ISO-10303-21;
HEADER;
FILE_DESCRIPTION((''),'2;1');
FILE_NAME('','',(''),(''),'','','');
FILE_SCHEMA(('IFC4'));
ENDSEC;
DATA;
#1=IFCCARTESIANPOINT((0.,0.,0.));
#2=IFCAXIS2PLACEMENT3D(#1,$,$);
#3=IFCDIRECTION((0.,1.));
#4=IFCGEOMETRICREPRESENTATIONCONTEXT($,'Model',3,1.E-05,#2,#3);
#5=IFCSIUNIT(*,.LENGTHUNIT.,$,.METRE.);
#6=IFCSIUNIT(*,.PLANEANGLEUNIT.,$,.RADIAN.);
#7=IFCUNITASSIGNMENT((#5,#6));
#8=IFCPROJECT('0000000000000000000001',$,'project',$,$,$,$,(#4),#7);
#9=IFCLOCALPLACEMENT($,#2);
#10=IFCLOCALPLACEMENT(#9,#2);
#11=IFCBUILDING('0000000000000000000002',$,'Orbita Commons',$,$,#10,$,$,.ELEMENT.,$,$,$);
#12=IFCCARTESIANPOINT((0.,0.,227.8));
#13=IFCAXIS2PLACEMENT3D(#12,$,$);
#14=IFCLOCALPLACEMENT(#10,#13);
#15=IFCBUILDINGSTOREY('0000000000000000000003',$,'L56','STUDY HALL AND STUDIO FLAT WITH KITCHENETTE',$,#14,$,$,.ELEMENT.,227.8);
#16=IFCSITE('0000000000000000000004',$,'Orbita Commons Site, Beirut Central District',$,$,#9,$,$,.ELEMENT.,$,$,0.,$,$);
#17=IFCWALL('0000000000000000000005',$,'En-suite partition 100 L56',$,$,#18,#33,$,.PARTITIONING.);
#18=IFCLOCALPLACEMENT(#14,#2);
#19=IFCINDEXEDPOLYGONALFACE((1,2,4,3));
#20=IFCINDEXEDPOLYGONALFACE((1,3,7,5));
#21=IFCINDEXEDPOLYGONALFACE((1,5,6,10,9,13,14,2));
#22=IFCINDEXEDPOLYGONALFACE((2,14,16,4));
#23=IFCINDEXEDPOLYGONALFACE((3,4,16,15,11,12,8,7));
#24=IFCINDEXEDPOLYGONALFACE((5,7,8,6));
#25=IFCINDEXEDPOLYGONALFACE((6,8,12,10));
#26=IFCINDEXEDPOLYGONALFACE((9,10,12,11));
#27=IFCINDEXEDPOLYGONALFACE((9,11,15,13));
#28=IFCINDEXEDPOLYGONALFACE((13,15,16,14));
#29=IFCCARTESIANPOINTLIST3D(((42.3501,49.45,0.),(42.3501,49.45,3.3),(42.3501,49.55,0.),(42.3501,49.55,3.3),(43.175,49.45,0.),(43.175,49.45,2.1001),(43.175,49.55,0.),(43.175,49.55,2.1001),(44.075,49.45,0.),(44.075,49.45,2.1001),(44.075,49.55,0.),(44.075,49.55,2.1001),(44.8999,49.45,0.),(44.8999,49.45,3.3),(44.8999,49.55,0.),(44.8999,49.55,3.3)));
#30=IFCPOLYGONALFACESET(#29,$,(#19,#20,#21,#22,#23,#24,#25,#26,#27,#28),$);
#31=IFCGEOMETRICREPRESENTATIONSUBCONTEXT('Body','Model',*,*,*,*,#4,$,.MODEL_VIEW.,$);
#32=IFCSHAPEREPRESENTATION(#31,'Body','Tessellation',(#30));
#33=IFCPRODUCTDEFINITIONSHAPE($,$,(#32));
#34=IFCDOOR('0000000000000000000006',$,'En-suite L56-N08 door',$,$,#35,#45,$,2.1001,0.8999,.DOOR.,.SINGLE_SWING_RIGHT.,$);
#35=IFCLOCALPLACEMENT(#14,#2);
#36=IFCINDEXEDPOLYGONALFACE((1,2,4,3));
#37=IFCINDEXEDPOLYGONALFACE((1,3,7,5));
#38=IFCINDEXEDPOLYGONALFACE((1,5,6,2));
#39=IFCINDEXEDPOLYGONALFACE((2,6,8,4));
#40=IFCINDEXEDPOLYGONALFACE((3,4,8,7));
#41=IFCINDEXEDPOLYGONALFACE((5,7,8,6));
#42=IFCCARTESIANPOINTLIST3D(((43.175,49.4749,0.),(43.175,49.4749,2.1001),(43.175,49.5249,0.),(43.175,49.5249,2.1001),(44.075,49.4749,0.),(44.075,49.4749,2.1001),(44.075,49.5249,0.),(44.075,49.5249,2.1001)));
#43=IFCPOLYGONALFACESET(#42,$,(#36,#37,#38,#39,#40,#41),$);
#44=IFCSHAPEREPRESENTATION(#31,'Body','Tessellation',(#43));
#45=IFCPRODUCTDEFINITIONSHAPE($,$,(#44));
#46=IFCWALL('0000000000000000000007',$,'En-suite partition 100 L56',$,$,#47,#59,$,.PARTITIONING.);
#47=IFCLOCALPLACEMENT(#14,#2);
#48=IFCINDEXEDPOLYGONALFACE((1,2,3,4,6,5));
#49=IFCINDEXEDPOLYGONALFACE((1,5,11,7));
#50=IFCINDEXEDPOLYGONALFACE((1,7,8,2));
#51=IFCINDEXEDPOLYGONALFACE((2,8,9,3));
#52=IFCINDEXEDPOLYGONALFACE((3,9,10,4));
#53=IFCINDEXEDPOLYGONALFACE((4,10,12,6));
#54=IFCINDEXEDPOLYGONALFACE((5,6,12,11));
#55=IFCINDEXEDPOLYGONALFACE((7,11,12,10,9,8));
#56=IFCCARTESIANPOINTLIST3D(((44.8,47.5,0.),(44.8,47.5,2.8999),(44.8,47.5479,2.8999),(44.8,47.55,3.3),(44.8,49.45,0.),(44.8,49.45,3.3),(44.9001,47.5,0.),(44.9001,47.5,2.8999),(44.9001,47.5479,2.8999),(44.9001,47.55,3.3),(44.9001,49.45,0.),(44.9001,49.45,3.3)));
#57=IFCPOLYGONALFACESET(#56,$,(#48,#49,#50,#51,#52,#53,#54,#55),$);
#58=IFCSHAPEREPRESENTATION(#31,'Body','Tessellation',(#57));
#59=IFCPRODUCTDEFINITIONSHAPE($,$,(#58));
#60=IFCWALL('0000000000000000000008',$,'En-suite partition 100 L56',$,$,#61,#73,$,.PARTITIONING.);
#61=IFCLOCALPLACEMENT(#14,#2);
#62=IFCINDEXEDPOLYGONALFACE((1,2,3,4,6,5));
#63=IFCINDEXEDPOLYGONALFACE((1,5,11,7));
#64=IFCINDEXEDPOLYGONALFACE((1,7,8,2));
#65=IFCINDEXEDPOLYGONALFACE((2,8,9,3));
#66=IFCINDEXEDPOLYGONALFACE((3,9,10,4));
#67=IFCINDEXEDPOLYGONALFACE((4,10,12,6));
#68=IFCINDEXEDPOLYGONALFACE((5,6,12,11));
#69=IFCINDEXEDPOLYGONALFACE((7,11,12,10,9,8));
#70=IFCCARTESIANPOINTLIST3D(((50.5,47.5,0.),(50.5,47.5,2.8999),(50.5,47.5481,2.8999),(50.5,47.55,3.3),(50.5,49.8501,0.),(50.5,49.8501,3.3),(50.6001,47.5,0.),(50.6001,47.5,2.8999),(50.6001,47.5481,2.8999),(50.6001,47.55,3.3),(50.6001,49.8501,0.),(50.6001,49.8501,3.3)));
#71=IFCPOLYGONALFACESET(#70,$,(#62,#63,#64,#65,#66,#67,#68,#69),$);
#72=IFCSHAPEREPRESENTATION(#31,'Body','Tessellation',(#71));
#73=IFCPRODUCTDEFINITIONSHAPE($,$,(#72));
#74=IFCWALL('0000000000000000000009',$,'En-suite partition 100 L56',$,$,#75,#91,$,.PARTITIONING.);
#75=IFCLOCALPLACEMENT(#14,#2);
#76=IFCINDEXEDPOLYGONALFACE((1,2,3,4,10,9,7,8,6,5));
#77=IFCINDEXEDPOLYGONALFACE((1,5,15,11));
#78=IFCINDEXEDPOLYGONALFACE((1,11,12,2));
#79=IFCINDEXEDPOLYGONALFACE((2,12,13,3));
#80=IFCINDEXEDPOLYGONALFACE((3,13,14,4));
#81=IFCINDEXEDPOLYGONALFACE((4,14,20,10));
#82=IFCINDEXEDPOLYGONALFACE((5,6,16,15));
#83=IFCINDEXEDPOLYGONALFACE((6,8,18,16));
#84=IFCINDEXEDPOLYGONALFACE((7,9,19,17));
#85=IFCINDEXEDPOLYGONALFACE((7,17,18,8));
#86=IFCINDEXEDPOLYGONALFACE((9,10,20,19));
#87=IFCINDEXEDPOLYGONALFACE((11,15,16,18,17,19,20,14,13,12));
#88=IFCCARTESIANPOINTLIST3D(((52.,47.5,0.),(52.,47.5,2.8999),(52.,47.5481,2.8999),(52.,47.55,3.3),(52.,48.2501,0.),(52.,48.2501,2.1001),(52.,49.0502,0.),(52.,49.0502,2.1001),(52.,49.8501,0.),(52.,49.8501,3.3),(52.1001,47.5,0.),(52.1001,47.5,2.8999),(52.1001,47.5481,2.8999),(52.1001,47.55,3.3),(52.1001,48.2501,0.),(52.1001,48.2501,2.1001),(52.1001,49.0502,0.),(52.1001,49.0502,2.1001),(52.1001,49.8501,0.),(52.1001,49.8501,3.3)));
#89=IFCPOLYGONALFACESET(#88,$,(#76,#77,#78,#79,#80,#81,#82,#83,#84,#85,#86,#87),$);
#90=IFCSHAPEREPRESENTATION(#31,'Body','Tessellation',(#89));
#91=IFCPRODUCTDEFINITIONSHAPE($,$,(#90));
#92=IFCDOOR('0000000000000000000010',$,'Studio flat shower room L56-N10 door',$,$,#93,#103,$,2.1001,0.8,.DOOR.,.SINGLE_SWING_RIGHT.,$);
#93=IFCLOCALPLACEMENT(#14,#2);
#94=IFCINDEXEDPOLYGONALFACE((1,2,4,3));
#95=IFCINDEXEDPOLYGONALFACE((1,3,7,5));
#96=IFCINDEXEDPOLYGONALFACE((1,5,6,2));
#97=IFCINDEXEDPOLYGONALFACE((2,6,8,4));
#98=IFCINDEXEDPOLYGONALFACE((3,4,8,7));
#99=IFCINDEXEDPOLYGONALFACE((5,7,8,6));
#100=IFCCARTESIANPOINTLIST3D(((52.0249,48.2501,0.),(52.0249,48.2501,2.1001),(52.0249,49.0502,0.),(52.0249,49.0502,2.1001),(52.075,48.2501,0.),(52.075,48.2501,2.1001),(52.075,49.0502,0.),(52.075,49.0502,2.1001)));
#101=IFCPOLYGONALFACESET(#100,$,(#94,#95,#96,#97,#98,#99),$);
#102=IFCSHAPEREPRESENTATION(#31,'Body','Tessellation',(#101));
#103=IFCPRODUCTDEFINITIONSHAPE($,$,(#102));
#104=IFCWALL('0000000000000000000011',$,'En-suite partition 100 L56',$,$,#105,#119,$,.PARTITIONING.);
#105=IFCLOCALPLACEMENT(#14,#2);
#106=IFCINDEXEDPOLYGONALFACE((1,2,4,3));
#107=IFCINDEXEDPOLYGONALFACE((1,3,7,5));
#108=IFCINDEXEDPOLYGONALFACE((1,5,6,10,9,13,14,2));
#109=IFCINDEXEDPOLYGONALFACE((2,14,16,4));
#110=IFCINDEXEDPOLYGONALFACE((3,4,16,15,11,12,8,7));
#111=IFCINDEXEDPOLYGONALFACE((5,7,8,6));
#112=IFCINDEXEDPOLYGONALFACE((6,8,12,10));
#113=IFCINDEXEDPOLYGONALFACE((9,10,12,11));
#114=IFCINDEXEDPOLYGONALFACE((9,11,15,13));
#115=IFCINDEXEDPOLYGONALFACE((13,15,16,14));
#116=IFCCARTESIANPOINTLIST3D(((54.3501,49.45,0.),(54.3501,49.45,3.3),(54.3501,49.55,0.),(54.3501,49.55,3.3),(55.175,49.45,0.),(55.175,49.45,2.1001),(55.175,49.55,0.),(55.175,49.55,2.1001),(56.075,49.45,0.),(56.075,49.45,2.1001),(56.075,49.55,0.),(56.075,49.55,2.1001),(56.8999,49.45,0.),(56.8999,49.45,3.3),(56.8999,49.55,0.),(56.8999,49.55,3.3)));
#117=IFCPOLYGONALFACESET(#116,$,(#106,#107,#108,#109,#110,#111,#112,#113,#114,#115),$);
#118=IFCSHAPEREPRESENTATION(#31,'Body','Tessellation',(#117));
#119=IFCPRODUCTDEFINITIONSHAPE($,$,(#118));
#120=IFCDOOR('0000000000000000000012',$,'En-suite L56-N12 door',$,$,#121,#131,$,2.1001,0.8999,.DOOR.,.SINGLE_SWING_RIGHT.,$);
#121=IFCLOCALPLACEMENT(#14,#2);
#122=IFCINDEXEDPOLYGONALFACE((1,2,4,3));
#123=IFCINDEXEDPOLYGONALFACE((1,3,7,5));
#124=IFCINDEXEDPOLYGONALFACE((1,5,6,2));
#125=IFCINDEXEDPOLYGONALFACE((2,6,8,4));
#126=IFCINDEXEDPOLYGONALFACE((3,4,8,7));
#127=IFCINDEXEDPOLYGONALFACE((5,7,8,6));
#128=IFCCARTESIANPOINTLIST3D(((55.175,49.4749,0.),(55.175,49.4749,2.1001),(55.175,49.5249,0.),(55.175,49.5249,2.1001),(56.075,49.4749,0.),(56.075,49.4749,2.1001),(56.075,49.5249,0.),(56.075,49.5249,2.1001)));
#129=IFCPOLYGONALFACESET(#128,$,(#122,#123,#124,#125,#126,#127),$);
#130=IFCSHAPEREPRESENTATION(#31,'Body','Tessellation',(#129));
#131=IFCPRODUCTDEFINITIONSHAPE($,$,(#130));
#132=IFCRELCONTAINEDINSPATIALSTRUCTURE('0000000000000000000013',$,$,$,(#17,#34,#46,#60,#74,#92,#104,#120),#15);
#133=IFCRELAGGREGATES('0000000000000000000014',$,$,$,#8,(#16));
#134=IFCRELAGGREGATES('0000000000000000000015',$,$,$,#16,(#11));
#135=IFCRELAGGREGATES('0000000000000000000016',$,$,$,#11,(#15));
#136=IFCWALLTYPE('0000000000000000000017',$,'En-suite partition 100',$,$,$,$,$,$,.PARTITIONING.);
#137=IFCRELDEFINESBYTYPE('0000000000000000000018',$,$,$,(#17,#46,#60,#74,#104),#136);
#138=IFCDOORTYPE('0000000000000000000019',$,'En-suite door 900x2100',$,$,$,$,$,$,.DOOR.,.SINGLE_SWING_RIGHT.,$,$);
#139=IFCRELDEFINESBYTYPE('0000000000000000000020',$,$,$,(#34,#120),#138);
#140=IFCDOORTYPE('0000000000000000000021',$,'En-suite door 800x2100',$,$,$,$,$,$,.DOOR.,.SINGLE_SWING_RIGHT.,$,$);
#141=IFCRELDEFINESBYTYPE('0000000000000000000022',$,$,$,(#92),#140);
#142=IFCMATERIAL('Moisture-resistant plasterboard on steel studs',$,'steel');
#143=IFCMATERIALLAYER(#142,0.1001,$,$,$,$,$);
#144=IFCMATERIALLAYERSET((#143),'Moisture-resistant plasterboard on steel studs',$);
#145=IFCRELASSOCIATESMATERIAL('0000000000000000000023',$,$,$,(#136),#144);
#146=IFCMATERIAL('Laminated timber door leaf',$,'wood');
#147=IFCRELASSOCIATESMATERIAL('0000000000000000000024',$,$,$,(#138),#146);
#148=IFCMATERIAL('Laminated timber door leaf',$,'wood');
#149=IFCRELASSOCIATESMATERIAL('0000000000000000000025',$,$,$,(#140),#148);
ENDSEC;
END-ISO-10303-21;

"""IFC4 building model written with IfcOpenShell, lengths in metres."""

from ifc_helpers import new_model, si_unit, direction, frame, frame_2d, origin, place, context, subcontext, project, spatial, polyline, rectangle, outline, extrude, material, layer, layer_set, type_object, element, fill, save


model = new_model("IFC4")

# Units and contexts
model_context = context("Model", 3, precision=1e-05, world=origin(), true_north=direction((0.0, 1.0)))
body_context = subcontext(model_context, "Body", "Model", "MODEL_VIEW")
ifc_project = project(units=[si_unit("LENGTHUNIT", "METRE"), si_unit("PLANEANGLEUNIT", "RADIAN")], contexts=[model_context])

# Site, building, storey
site_placement = place(None, origin())
site = spatial("IfcSite", under=ifc_project, at=site_placement, Name="Orbita Commons Site, Beirut Central District", CompositionType="ELEMENT", RefElevation=0.0)
building_placement = place(site_placement, origin())
building = spatial("IfcBuilding", under=site, at=building_placement, Name="Orbita Commons", CompositionType="ELEMENT")
storey_placement = place(building_placement, frame((0.0, 0.0, 227.8)))
storey = spatial("IfcBuildingStorey", under=building, at=storey_placement, Name="L56", Description="STUDY HALL AND STUDIO FLAT WITH KITCHENETTE", CompositionType="ELEMENT", Elevation=227.8)

# Wall, opening, door
ifc_material_1 = material(Name="Moisture-resistant plasterboard on steel studs", Category="steel")
ifc_layer_1 = layer(ifc_material_1, 0.1001)
ifc_layer_set_1 = layer_set([ifc_layer_1], Name="Moisture-resistant plasterboard on steel studs")
wall_type_1 = type_object("IfcWallType", Name="En-suite partition 100", PredefinedType="PARTITIONING", material=ifc_layer_set_1)
wall_1_placement = place(storey_placement, frame((42.3501, 49.5, 0.0), z_axis=(0.0, 0.0, 1.0), x_axis=(1.0, 0.0, 0.0)))
wall_1 = element("IfcWall", 1, at=wall_1_placement, inside=storey, type_object=wall_type_1, Name="En-suite partition 100 L56", PredefinedType="PARTITIONING", context=body_context, shape_type="SweptSolid", body=[
    extrude(rectangle(XDim=2.5498, YDim=0.1001, at=frame_2d((1.2749, 0.0))), origin(), (0.0, 0.0, 1.0), 3.3),
])
opening_1_placement = place(wall_1_placement, frame((0.825, 0.0, 0.0)))
opening_1 = element("IfcOpeningElement", 2, at=opening_1_placement, cuts=wall_1, PredefinedType="OPENING", context=body_context, shape_type="SweptSolid", body=[
    extrude(rectangle(XDim=0.8999, YDim=2.1001, at=frame_2d((0.45, 1.05))), frame((0.0, 0.0601, 0.0), z_axis=(0.0, -1.0, 0.0), x_axis=(1.0, 0.0, 0.0)), (0.0, 0.0, 1.0), 0.1201),
])
ifc_material_2 = material(Name="Laminated timber door leaf", Category="wood")
door_type_1 = type_object("IfcDoorType", Name="En-suite door 900x2100", OperationType="SINGLE_SWING_RIGHT", PredefinedType="DOOR", material=ifc_material_2)
door_1_placement = place(opening_1_placement, origin())
door_1 = element("IfcDoor", 3, at=door_1_placement, inside=storey, type_object=door_type_1, Name="En-suite L56-N08 door", OperationType="SINGLE_SWING_RIGHT", OverallHeight=2.1001, OverallWidth=0.8999, PredefinedType="DOOR", context=body_context, shape_type="SweptSolid", body=[
    extrude(rectangle(XDim=0.8999, YDim=2.1001, at=frame_2d((0.45, 1.05))), frame((0.0, 0.0249, 0.0), z_axis=(0.0, -1.0, 0.0), x_axis=(1.0, 0.0, 0.0)), (0.0, 0.0, 1.0), 0.05),
])
fill(opening_1, door_1)

# Walls
wall_2_placement = place(storey_placement, frame((44.8501, 49.45, 0.0), z_axis=(0.0, 0.0, 1.0), x_axis=(0.0, -1.0, 0.0)))
element("IfcWall", 4, at=wall_2_placement, inside=storey, type_object=wall_type_1, Name="En-suite partition 100 L56", PredefinedType="PARTITIONING", context=body_context, shape_type="SweptSolid", body=[
    extrude(outline(polyline([(0.0, 0.0), (1.95, 0.0), (1.95, 2.8999), (1.9021, 2.8999), (1.8999, 3.3), (0.0, 3.3), (0.0, 0.0)])), frame((0.0, 0.05, 0.0), z_axis=(0.0, -1.0, 0.0), x_axis=(1.0, 0.0, 0.0)), (0.0, 0.0, 1.0), 0.1001),
])
wall_3_placement = place(storey_placement, frame((50.55, 49.8501, 0.0), z_axis=(0.0, 0.0, 1.0), x_axis=(0.0, -1.0, 0.0)))
element("IfcWall", 5, at=wall_3_placement, inside=storey, type_object=wall_type_1, Name="En-suite partition 100 L56", PredefinedType="PARTITIONING", context=body_context, shape_type="SweptSolid", body=[
    extrude(outline(polyline([(0.0, 0.0), (2.3501, 0.0), (2.3501, 2.8999), (2.302, 2.8999), (2.3, 3.3), (0.0, 3.3), (0.0, 0.0)])), frame((0.0, 0.05, 0.0), z_axis=(0.0, -1.0, 0.0), x_axis=(1.0, 0.0, 0.0)), (0.0, 0.0, 1.0), 0.1001),
])

# Walls, openings, doors
wall_4_placement = place(storey_placement, frame((52.05, 49.8501, 0.0), z_axis=(0.0, 0.0, 1.0), x_axis=(0.0, -1.0, 0.0)))
wall_4 = element("IfcWall", 6, at=wall_4_placement, inside=storey, type_object=wall_type_1, Name="En-suite partition 100 L56", PredefinedType="PARTITIONING", context=body_context, shape_type="SweptSolid", body=[
    extrude(outline(polyline([(0.0, 0.0), (2.3501, 0.0), (2.3501, 2.8999), (2.302, 2.8999), (2.3, 3.3), (0.0, 3.3), (0.0, 0.0)])), frame((0.0, 0.05, 0.0), z_axis=(0.0, -1.0, 0.0), x_axis=(1.0, 0.0, 0.0)), (0.0, 0.0, 1.0), 0.1001),
])
opening_2_placement = place(wall_4_placement, frame((0.8, 0.0, 0.0)))
opening_2 = element("IfcOpeningElement", 7, at=opening_2_placement, cuts=wall_4, PredefinedType="OPENING", context=body_context, shape_type="SweptSolid", body=[
    extrude(rectangle(XDim=0.8, YDim=2.1001, at=frame_2d((0.3999, 1.05))), frame((0.0, 0.0601, 0.0), z_axis=(0.0, -1.0, 0.0), x_axis=(1.0, 0.0, 0.0)), (0.0, 0.0, 1.0), 0.1201),
])
ifc_material_3 = material(Name="Laminated timber door leaf", Category="wood")
door_type_2 = type_object("IfcDoorType", Name="En-suite door 800x2100", OperationType="SINGLE_SWING_RIGHT", PredefinedType="DOOR", material=ifc_material_3)
door_2_placement = place(opening_2_placement, origin())
door_2 = element("IfcDoor", 8, at=door_2_placement, inside=storey, type_object=door_type_2, Name="Studio flat shower room L56-N10 door", OperationType="SINGLE_SWING_RIGHT", OverallHeight=2.1001, OverallWidth=0.8, PredefinedType="DOOR", context=body_context, shape_type="SweptSolid", body=[
    extrude(rectangle(XDim=0.8, YDim=2.1001, at=frame_2d((0.3999, 1.05))), frame((0.0, 0.0249, 0.0), z_axis=(0.0, -1.0, 0.0), x_axis=(1.0, 0.0, 0.0)), (0.0, 0.0, 1.0), 0.05),
])
fill(opening_2, door_2)
wall_5_placement = place(storey_placement, frame((54.3501, 49.5, 0.0), z_axis=(0.0, 0.0, 1.0), x_axis=(1.0, 0.0, 0.0)))
wall_5 = element("IfcWall", 9, at=wall_5_placement, inside=storey, type_object=wall_type_1, Name="En-suite partition 100 L56", PredefinedType="PARTITIONING", context=body_context, shape_type="SweptSolid", body=[
    extrude(rectangle(XDim=2.5498, YDim=0.1001, at=frame_2d((1.2749, 0.0))), origin(), (0.0, 0.0, 1.0), 3.3),
])
opening_3_placement = place(wall_5_placement, frame((0.825, 0.0, 0.0)))
opening_3 = element("IfcOpeningElement", 10, at=opening_3_placement, cuts=wall_5, PredefinedType="OPENING", context=body_context, shape_type="SweptSolid", body=[
    extrude(rectangle(XDim=0.8999, YDim=2.1001, at=frame_2d((0.45, 1.05))), frame((0.0, 0.0601, 0.0), z_axis=(0.0, -1.0, 0.0), x_axis=(1.0, 0.0, 0.0)), (0.0, 0.0, 1.0), 0.1201),
])
door_3_placement = place(opening_3_placement, origin())
door_3 = element("IfcDoor", 11, at=door_3_placement, inside=storey, type_object=door_type_1, Name="En-suite L56-N12 door", OperationType="SINGLE_SWING_RIGHT", OverallHeight=2.1001, OverallWidth=0.8999, PredefinedType="DOOR", context=body_context, shape_type="SweptSolid", body=[
    extrude(rectangle(XDim=0.8999, YDim=2.1001, at=frame_2d((0.45, 1.05))), frame((0.0, 0.0249, 0.0), z_axis=(0.0, -1.0, 0.0), x_axis=(1.0, 0.0, 0.0)), (0.0, 0.0, 1.0), 0.05),
])
fill(opening_3, door_3)

save(model, "model.ifc")
